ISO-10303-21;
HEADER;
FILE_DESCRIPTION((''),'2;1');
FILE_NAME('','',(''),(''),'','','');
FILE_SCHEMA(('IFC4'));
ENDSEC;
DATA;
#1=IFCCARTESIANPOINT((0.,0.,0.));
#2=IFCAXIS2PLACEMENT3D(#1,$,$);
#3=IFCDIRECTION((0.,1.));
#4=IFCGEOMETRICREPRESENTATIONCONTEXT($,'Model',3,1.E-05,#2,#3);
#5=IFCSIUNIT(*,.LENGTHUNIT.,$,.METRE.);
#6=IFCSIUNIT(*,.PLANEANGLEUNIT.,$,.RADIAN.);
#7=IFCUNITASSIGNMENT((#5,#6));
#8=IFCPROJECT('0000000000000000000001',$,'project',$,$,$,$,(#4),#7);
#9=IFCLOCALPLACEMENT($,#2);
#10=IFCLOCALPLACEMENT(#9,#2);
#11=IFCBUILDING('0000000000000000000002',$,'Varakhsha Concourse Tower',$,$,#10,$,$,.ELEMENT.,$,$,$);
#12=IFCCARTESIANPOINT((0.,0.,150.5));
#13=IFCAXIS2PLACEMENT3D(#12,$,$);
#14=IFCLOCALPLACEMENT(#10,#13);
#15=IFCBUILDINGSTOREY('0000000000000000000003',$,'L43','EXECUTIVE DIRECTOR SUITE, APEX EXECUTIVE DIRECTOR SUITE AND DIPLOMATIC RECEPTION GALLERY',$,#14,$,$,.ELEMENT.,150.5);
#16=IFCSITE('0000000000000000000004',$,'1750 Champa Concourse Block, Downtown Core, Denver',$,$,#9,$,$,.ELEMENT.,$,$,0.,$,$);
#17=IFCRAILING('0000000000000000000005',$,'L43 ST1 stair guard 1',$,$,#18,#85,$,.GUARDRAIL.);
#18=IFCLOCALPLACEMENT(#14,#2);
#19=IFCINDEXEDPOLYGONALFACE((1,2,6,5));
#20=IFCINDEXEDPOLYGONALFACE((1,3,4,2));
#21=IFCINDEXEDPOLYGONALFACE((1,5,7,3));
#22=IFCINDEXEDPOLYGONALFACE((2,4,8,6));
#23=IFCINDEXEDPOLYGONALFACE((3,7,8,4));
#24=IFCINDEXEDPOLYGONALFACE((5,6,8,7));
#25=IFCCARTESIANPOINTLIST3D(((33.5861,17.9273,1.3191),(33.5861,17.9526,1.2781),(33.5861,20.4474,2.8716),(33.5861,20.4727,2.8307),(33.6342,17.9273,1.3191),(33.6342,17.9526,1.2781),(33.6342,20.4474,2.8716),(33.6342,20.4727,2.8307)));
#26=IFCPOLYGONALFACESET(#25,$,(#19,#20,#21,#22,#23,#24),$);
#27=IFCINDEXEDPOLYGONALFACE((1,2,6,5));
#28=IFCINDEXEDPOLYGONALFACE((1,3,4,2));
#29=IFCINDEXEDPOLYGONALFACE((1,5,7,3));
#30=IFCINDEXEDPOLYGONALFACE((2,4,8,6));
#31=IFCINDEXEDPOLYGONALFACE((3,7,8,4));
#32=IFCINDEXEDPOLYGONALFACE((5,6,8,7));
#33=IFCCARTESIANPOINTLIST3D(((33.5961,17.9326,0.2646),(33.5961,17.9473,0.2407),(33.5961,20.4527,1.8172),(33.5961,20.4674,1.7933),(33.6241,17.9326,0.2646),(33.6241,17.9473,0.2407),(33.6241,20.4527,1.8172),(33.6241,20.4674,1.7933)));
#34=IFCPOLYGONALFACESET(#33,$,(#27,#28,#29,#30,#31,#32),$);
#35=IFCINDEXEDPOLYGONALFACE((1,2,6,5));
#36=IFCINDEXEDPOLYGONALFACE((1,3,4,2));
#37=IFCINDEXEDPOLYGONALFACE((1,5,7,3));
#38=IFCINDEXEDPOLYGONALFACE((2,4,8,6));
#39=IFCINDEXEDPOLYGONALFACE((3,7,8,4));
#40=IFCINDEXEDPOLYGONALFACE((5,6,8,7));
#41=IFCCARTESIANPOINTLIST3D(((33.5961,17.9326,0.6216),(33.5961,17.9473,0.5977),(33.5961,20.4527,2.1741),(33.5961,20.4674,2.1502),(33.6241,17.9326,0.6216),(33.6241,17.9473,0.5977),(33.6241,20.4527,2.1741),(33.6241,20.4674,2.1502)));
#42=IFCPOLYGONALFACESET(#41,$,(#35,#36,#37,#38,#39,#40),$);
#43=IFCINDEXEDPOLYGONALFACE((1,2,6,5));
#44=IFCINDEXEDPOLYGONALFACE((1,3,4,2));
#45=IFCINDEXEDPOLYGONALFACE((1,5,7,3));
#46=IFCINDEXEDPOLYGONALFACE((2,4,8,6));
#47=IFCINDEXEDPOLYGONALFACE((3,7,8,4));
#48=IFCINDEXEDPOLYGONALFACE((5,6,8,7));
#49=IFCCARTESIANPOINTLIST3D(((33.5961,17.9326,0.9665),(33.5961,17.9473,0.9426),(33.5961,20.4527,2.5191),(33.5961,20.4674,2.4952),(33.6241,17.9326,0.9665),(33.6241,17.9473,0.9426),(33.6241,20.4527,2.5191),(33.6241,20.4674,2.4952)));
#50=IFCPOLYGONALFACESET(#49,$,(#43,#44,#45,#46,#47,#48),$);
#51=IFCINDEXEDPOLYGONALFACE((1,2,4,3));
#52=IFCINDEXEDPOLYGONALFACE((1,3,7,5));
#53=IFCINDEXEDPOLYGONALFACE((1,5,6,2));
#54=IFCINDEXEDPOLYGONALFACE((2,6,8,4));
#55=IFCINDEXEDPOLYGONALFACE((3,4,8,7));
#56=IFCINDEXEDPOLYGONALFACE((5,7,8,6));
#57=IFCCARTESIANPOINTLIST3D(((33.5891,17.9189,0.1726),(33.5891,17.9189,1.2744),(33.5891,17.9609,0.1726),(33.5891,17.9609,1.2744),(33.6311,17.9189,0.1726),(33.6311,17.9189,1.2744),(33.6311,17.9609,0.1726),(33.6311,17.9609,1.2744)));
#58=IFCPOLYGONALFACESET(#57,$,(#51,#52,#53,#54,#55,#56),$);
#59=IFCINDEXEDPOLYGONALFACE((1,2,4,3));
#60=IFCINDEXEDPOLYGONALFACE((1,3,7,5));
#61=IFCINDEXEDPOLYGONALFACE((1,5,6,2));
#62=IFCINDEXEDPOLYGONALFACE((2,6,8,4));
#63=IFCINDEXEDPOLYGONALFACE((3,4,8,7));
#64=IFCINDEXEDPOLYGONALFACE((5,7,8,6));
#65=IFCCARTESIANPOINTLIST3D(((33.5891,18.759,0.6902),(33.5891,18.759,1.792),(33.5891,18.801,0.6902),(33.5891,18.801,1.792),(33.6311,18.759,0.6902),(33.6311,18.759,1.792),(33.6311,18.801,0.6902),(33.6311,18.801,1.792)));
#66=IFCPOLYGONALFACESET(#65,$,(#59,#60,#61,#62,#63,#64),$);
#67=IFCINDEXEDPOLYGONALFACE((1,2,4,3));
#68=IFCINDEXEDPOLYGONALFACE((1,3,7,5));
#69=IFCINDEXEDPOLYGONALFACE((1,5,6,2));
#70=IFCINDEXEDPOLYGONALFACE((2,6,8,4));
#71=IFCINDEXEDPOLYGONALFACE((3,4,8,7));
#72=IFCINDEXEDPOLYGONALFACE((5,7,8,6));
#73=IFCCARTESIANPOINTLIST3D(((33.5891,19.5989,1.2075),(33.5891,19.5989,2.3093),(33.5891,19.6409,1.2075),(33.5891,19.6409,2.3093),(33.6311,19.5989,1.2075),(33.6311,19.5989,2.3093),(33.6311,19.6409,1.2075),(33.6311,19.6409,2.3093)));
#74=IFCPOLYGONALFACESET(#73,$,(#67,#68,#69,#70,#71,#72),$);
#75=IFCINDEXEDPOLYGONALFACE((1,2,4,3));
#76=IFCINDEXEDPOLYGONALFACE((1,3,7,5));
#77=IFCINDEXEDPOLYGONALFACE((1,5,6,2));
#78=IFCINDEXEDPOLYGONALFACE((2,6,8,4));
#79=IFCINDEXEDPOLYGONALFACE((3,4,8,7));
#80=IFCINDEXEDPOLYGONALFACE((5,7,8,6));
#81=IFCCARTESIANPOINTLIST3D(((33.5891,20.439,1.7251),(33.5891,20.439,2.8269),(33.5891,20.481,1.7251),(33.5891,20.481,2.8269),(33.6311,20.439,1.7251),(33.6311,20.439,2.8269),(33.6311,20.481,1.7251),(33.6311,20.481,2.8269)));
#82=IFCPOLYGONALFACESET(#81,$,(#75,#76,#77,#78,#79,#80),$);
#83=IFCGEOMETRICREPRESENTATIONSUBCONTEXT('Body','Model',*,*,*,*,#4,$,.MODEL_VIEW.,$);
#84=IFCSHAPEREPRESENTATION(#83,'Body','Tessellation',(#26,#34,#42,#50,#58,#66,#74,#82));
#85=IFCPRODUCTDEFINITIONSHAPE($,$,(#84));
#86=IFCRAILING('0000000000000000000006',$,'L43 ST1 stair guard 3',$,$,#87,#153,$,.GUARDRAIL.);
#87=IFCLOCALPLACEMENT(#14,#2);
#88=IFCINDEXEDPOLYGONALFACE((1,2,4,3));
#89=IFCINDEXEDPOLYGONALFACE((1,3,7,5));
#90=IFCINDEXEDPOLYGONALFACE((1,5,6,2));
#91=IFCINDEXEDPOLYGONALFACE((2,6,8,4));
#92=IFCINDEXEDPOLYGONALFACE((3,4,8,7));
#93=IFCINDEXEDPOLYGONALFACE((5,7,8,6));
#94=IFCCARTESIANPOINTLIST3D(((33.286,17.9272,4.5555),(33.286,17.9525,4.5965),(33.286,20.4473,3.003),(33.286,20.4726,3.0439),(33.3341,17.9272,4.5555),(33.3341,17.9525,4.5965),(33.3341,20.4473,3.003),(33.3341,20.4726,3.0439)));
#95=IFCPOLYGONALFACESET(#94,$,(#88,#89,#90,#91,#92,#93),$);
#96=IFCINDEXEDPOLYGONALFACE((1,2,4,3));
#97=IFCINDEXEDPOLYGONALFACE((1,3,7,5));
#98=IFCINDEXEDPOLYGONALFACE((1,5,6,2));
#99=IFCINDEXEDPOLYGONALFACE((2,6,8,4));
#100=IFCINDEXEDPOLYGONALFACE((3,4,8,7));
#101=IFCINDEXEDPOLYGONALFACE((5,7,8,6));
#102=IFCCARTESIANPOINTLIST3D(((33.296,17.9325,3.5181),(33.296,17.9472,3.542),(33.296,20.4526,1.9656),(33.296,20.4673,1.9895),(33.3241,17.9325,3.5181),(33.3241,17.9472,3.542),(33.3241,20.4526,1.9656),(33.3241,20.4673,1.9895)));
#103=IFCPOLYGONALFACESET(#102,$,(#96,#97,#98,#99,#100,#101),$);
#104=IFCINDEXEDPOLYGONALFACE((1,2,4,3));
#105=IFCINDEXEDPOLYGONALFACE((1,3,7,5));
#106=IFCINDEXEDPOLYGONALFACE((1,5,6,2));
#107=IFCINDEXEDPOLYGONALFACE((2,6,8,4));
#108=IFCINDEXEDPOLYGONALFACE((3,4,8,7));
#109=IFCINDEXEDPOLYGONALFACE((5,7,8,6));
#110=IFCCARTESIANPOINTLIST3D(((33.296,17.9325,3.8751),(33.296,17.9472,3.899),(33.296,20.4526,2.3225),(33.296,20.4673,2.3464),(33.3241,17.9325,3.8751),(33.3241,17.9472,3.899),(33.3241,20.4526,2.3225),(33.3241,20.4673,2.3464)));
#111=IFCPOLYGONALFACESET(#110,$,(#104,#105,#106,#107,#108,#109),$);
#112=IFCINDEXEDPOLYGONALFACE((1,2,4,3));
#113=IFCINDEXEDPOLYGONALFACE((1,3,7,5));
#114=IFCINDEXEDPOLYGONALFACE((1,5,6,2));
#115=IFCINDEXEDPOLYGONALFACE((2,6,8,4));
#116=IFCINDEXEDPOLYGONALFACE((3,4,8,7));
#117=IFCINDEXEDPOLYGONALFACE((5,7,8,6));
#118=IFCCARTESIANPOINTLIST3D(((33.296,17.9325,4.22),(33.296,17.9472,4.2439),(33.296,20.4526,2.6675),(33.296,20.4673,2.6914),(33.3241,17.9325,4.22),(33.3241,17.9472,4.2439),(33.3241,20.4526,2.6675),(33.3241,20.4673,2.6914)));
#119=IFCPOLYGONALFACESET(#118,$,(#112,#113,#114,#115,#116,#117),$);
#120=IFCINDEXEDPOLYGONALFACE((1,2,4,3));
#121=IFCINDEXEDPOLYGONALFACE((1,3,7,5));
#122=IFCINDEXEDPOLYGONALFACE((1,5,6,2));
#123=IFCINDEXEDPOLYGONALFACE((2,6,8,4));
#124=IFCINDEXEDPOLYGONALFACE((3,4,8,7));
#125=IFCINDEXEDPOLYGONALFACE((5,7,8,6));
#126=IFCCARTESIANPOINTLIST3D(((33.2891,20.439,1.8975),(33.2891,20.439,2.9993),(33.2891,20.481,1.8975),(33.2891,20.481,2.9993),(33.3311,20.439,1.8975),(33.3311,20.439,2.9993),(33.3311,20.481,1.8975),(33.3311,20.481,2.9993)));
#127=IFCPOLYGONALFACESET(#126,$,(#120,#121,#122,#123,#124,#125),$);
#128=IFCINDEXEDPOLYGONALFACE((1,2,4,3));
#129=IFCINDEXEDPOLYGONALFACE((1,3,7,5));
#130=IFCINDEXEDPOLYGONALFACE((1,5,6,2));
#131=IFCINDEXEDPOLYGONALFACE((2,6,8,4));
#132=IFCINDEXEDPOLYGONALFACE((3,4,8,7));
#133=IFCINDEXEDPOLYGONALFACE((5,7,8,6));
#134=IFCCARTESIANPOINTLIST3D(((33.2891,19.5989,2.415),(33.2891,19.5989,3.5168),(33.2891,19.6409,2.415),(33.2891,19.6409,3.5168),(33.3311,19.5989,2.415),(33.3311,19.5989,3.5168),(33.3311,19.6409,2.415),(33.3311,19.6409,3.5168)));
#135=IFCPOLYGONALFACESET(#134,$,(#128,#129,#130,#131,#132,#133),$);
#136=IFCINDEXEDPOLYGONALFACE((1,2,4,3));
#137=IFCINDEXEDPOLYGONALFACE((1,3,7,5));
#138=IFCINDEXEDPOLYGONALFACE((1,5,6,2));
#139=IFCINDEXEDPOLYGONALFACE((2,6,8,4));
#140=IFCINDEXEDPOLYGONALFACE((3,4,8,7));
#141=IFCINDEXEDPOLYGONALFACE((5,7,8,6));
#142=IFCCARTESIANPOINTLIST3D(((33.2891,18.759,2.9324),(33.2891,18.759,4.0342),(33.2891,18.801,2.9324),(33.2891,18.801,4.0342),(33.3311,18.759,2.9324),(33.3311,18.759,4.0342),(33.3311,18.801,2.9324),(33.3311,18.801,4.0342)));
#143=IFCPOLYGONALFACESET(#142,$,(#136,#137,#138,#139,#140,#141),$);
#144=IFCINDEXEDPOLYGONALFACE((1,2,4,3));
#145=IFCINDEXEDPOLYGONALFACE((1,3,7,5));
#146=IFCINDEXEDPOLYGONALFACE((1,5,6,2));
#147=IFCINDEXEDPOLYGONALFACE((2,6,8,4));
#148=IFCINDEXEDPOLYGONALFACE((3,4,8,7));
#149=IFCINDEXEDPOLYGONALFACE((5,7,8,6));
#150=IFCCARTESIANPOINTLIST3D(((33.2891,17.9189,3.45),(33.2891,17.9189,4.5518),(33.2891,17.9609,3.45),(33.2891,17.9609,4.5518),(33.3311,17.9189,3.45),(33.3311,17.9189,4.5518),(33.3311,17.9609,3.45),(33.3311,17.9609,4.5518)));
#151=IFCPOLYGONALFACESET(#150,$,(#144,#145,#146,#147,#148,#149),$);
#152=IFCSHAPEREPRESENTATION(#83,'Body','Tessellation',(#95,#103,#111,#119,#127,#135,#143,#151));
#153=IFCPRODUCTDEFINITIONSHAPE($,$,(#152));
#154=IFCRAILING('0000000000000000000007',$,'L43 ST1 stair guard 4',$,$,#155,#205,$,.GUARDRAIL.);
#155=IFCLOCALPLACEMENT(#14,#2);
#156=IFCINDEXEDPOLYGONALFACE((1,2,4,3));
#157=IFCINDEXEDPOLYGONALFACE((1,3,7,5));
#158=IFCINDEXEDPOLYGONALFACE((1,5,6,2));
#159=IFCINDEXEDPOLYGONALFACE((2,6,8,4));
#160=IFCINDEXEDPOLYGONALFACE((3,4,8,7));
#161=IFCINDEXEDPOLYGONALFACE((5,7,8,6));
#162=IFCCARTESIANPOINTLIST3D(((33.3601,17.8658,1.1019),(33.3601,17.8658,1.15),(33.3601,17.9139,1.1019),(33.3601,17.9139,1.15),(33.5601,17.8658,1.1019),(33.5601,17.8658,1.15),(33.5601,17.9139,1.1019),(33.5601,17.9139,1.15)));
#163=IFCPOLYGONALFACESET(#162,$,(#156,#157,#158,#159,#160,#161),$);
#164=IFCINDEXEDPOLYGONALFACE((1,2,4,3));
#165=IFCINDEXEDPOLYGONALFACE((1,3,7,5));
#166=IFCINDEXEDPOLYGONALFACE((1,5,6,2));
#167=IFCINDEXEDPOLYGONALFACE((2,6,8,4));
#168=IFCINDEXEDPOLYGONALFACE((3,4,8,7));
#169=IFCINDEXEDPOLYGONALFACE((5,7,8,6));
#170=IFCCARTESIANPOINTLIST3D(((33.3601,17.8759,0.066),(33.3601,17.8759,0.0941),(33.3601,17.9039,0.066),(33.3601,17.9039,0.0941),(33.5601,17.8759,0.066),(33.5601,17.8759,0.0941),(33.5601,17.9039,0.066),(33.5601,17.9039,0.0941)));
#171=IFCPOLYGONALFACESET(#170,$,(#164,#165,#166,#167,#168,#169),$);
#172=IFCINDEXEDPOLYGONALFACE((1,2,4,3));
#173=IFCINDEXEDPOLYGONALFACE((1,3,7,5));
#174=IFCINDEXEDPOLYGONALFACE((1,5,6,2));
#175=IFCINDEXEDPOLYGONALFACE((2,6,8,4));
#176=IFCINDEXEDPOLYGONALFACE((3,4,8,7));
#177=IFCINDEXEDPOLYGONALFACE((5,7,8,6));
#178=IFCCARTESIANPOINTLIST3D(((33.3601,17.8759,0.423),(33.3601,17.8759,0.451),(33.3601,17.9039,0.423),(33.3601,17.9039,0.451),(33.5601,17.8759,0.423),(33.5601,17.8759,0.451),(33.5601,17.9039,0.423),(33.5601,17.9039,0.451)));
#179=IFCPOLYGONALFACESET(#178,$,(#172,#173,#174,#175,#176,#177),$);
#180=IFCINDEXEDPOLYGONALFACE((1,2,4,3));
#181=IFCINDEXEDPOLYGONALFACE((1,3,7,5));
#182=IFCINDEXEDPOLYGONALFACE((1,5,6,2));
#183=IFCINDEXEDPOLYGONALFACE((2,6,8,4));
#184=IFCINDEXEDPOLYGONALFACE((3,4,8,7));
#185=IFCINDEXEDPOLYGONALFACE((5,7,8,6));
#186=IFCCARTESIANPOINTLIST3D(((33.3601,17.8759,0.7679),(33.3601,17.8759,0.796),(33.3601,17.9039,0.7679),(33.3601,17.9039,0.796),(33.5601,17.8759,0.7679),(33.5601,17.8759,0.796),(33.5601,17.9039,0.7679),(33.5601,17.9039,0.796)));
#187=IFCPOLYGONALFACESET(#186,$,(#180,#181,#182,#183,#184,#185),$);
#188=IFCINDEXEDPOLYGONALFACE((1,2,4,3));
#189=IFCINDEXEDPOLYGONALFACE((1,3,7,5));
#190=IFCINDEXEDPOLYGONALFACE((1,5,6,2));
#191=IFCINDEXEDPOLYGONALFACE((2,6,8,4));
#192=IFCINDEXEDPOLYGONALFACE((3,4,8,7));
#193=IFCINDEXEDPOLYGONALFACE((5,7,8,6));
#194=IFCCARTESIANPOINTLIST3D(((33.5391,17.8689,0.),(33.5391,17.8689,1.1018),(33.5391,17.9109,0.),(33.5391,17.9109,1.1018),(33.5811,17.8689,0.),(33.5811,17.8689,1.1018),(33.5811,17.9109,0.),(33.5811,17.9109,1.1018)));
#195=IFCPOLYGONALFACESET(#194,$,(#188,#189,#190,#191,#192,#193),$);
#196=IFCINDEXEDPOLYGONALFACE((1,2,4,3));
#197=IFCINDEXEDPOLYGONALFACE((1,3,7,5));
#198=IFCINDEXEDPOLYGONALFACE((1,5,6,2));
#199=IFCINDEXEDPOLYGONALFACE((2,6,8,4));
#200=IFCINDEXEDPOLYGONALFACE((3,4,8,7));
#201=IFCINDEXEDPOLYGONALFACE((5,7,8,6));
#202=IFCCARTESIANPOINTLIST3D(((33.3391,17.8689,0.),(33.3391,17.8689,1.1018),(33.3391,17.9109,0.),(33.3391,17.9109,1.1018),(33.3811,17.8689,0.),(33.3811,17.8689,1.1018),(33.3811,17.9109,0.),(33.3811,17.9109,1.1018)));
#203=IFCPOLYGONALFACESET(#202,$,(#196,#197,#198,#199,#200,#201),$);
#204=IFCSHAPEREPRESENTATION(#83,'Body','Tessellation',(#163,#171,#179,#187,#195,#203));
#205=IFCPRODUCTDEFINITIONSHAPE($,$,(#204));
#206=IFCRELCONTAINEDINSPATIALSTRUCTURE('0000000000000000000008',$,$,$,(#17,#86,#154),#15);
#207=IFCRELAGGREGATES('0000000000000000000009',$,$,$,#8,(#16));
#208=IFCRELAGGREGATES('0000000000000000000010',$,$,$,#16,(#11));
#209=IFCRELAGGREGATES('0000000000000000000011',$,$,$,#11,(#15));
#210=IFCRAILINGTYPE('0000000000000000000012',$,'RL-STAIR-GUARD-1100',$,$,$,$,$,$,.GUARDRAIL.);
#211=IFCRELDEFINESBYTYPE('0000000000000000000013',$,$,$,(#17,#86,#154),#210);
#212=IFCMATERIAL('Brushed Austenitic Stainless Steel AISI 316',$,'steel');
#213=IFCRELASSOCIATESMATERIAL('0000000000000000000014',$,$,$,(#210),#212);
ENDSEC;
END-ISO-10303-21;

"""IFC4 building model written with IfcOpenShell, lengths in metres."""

from ifc_helpers import new_model, si_unit, direction, frame, origin, origin_2d, place, context, subcontext, project, spatial, rectangle, extrude, material, type_object, element, save


model = new_model("IFC4")

# Units and contexts
model_context = context("Model", 3, precision=1e-05, world=origin(), true_north=direction((0.0, 1.0)))
body_context = subcontext(model_context, "Body", "Model", "MODEL_VIEW")
ifc_project = project(units=[si_unit("LENGTHUNIT", "METRE"), si_unit("PLANEANGLEUNIT", "RADIAN")], contexts=[model_context])

# Site, building, storey
site_placement = place(None, origin())
site = spatial("IfcSite", under=ifc_project, at=site_placement, Name="1750 Champa Concourse Block, Downtown Core, Denver", CompositionType="ELEMENT", RefElevation=0.0)
building_placement = place(site_placement, origin())
building = spatial("IfcBuilding", under=site, at=building_placement, Name="Varakhsha Concourse Tower", CompositionType="ELEMENT")
storey_placement = place(building_placement, frame((0.0, 0.0, 150.5)))
storey = spatial("IfcBuildingStorey", under=building, at=storey_placement, Name="L43", Description="EXECUTIVE DIRECTOR SUITE, APEX EXECUTIVE DIRECTOR SUITE AND DIPLOMATIC RECEPTION GALLERY", CompositionType="ELEMENT", Elevation=150.5)

# Railings
ifc_material_1 = material(Name="Brushed Austenitic Stainless Steel AISI 316", Category="steel")
railing_type_1 = type_object("IfcRailingType", Name="RL-STAIR-GUARD-1100", PredefinedType="GUARDRAIL", material=ifc_material_1)
railing_1_placement = place(storey_placement, frame((33.6101, 17.9399, 0.1726)))
element("IfcRailing", 1, at=railing_1_placement, inside=storey, type_object=railing_type_1, Name="L43 ST1 stair guard 1", PredefinedType="GUARDRAIL", context=body_context, shape_type="SweptSolid", body=[
    extrude(rectangle(XDim=0.0481, YDim=0.0481, at=origin_2d()), frame((0.0, 0.0, 1.126), z_axis=(0.0, 0.8514, 0.524516), x_axis=(-1.0, 0.0, 0.0)), (0.0, 0.0, 1.0), 2.96),
    extrude(rectangle(XDim=0.0281, YDim=0.0281, at=origin_2d()), frame((0.0, 0.0, 0.0801), z_axis=(0.0, 0.8514, 0.524516), x_axis=(-1.0, 0.0, 0.0)), (0.0, 0.0, 1.0), 2.96),
    extrude(rectangle(XDim=0.0281, YDim=0.0281, at=origin_2d()), frame((0.0, 0.0, 0.437), z_axis=(0.0, 0.8514, 0.524516), x_axis=(-1.0, 0.0, 0.0)), (0.0, 0.0, 1.0), 2.96),
    extrude(rectangle(XDim=0.0281, YDim=0.0281, at=origin_2d()), frame((0.0, 0.0, 0.782), z_axis=(0.0, 0.8514, 0.524516), x_axis=(-1.0, 0.0, 0.0)), (0.0, 0.0, 1.0), 2.96),
    extrude(rectangle(XDim=0.042, YDim=0.042, at=origin_2d()), origin(), (0.0, 0.0, 1.0), 1.1018),
    extrude(rectangle(XDim=0.042, YDim=0.042, at=origin_2d()), frame((0.0, 0.8401, 0.5176)), (0.0, 0.0, 1.0), 1.1018),
    extrude(rectangle(XDim=0.042, YDim=0.042, at=origin_2d()), frame((0.0, 1.6799, 1.0349)), (0.0, 0.0, 1.0), 1.1018),
    extrude(rectangle(XDim=0.042, YDim=0.042, at=origin_2d()), frame((0.0, 2.52, 1.5525)), (0.0, 0.0, 1.0), 1.1018),
])
railing_2_placement = place(storey_placement, frame((33.3101, 20.46, 1.8975)))
element("IfcRailing", 2, at=railing_2_placement, inside=storey, type_object=railing_type_1, Name="L43 ST1 stair guard 3", PredefinedType="GUARDRAIL", context=body_context, shape_type="SweptSolid", body=[
    extrude(rectangle(XDim=0.0481, YDim=0.0481, at=origin_2d()), frame((0.0, 0.0, 1.126), z_axis=(0.0, -0.8514, 0.524516), x_axis=(1.0, 0.0, 0.0)), (0.0, 0.0, 1.0), 2.96),
    extrude(rectangle(XDim=0.0281, YDim=0.0281, at=origin_2d()), frame((0.0, 0.0, 0.0801), z_axis=(0.0, -0.8514, 0.524516), x_axis=(1.0, 0.0, 0.0)), (0.0, 0.0, 1.0), 2.96),
    extrude(rectangle(XDim=0.0281, YDim=0.0281, at=origin_2d()), frame((0.0, 0.0, 0.437), z_axis=(0.0, -0.8514, 0.524516), x_axis=(1.0, 0.0, 0.0)), (0.0, 0.0, 1.0), 2.96),
    extrude(rectangle(XDim=0.0281, YDim=0.0281, at=origin_2d()), frame((0.0, 0.0, 0.782), z_axis=(0.0, -0.8514, 0.524516), x_axis=(1.0, 0.0, 0.0)), (0.0, 0.0, 1.0), 2.96),
    extrude(rectangle(XDim=0.042, YDim=0.042, at=origin_2d()), origin(), (0.0, 0.0, 1.0), 1.1018),
    extrude(rectangle(XDim=0.042, YDim=0.042, at=origin_2d()), frame((0.0, -0.8401, 0.5176)), (0.0, 0.0, 1.0), 1.1018),
    extrude(rectangle(XDim=0.042, YDim=0.042, at=origin_2d()), frame((0.0, -1.6799, 1.0349)), (0.0, 0.0, 1.0), 1.1018),
    extrude(rectangle(XDim=0.042, YDim=0.042, at=origin_2d()), frame((0.0, -2.52, 1.5525)), (0.0, 0.0, 1.0), 1.1018),
])
railing_3_placement = place(storey_placement, frame((33.5601, 17.8899, 0.0)))
element("IfcRailing", 3, at=railing_3_placement, inside=storey, type_object=railing_type_1, Name="L43 ST1 stair guard 4", PredefinedType="GUARDRAIL", context=body_context, shape_type="SweptSolid", body=[
    extrude(rectangle(XDim=0.0481, YDim=0.0481, at=origin_2d()), frame((0.0, 0.0, 1.126), z_axis=(-1.0, 0.0, 0.0), x_axis=(0.0, -1.0, 0.0)), (0.0, 0.0, 1.0), 0.2),
    extrude(rectangle(XDim=0.0281, YDim=0.0281, at=origin_2d()), frame((0.0, 0.0, 0.0801), z_axis=(-1.0, 0.0, 0.0), x_axis=(0.0, -1.0, 0.0)), (0.0, 0.0, 1.0), 0.2),
    extrude(rectangle(XDim=0.0281, YDim=0.0281, at=origin_2d()), frame((0.0, 0.0, 0.437), z_axis=(-1.0, 0.0, 0.0), x_axis=(0.0, -1.0, 0.0)), (0.0, 0.0, 1.0), 0.2),
    extrude(rectangle(XDim=0.0281, YDim=0.0281, at=origin_2d()), frame((0.0, 0.0, 0.782), z_axis=(-1.0, 0.0, 0.0), x_axis=(0.0, -1.0, 0.0)), (0.0, 0.0, 1.0), 0.2),
    extrude(rectangle(XDim=0.042, YDim=0.042, at=origin_2d()), origin(), (0.0, 0.0, 1.0), 1.1018),
    extrude(rectangle(XDim=0.042, YDim=0.042, at=origin_2d()), frame((-0.2, 0.0, 0.0)), (0.0, 0.0, 1.0), 1.1018),
])

save(model, "model.ifc")
